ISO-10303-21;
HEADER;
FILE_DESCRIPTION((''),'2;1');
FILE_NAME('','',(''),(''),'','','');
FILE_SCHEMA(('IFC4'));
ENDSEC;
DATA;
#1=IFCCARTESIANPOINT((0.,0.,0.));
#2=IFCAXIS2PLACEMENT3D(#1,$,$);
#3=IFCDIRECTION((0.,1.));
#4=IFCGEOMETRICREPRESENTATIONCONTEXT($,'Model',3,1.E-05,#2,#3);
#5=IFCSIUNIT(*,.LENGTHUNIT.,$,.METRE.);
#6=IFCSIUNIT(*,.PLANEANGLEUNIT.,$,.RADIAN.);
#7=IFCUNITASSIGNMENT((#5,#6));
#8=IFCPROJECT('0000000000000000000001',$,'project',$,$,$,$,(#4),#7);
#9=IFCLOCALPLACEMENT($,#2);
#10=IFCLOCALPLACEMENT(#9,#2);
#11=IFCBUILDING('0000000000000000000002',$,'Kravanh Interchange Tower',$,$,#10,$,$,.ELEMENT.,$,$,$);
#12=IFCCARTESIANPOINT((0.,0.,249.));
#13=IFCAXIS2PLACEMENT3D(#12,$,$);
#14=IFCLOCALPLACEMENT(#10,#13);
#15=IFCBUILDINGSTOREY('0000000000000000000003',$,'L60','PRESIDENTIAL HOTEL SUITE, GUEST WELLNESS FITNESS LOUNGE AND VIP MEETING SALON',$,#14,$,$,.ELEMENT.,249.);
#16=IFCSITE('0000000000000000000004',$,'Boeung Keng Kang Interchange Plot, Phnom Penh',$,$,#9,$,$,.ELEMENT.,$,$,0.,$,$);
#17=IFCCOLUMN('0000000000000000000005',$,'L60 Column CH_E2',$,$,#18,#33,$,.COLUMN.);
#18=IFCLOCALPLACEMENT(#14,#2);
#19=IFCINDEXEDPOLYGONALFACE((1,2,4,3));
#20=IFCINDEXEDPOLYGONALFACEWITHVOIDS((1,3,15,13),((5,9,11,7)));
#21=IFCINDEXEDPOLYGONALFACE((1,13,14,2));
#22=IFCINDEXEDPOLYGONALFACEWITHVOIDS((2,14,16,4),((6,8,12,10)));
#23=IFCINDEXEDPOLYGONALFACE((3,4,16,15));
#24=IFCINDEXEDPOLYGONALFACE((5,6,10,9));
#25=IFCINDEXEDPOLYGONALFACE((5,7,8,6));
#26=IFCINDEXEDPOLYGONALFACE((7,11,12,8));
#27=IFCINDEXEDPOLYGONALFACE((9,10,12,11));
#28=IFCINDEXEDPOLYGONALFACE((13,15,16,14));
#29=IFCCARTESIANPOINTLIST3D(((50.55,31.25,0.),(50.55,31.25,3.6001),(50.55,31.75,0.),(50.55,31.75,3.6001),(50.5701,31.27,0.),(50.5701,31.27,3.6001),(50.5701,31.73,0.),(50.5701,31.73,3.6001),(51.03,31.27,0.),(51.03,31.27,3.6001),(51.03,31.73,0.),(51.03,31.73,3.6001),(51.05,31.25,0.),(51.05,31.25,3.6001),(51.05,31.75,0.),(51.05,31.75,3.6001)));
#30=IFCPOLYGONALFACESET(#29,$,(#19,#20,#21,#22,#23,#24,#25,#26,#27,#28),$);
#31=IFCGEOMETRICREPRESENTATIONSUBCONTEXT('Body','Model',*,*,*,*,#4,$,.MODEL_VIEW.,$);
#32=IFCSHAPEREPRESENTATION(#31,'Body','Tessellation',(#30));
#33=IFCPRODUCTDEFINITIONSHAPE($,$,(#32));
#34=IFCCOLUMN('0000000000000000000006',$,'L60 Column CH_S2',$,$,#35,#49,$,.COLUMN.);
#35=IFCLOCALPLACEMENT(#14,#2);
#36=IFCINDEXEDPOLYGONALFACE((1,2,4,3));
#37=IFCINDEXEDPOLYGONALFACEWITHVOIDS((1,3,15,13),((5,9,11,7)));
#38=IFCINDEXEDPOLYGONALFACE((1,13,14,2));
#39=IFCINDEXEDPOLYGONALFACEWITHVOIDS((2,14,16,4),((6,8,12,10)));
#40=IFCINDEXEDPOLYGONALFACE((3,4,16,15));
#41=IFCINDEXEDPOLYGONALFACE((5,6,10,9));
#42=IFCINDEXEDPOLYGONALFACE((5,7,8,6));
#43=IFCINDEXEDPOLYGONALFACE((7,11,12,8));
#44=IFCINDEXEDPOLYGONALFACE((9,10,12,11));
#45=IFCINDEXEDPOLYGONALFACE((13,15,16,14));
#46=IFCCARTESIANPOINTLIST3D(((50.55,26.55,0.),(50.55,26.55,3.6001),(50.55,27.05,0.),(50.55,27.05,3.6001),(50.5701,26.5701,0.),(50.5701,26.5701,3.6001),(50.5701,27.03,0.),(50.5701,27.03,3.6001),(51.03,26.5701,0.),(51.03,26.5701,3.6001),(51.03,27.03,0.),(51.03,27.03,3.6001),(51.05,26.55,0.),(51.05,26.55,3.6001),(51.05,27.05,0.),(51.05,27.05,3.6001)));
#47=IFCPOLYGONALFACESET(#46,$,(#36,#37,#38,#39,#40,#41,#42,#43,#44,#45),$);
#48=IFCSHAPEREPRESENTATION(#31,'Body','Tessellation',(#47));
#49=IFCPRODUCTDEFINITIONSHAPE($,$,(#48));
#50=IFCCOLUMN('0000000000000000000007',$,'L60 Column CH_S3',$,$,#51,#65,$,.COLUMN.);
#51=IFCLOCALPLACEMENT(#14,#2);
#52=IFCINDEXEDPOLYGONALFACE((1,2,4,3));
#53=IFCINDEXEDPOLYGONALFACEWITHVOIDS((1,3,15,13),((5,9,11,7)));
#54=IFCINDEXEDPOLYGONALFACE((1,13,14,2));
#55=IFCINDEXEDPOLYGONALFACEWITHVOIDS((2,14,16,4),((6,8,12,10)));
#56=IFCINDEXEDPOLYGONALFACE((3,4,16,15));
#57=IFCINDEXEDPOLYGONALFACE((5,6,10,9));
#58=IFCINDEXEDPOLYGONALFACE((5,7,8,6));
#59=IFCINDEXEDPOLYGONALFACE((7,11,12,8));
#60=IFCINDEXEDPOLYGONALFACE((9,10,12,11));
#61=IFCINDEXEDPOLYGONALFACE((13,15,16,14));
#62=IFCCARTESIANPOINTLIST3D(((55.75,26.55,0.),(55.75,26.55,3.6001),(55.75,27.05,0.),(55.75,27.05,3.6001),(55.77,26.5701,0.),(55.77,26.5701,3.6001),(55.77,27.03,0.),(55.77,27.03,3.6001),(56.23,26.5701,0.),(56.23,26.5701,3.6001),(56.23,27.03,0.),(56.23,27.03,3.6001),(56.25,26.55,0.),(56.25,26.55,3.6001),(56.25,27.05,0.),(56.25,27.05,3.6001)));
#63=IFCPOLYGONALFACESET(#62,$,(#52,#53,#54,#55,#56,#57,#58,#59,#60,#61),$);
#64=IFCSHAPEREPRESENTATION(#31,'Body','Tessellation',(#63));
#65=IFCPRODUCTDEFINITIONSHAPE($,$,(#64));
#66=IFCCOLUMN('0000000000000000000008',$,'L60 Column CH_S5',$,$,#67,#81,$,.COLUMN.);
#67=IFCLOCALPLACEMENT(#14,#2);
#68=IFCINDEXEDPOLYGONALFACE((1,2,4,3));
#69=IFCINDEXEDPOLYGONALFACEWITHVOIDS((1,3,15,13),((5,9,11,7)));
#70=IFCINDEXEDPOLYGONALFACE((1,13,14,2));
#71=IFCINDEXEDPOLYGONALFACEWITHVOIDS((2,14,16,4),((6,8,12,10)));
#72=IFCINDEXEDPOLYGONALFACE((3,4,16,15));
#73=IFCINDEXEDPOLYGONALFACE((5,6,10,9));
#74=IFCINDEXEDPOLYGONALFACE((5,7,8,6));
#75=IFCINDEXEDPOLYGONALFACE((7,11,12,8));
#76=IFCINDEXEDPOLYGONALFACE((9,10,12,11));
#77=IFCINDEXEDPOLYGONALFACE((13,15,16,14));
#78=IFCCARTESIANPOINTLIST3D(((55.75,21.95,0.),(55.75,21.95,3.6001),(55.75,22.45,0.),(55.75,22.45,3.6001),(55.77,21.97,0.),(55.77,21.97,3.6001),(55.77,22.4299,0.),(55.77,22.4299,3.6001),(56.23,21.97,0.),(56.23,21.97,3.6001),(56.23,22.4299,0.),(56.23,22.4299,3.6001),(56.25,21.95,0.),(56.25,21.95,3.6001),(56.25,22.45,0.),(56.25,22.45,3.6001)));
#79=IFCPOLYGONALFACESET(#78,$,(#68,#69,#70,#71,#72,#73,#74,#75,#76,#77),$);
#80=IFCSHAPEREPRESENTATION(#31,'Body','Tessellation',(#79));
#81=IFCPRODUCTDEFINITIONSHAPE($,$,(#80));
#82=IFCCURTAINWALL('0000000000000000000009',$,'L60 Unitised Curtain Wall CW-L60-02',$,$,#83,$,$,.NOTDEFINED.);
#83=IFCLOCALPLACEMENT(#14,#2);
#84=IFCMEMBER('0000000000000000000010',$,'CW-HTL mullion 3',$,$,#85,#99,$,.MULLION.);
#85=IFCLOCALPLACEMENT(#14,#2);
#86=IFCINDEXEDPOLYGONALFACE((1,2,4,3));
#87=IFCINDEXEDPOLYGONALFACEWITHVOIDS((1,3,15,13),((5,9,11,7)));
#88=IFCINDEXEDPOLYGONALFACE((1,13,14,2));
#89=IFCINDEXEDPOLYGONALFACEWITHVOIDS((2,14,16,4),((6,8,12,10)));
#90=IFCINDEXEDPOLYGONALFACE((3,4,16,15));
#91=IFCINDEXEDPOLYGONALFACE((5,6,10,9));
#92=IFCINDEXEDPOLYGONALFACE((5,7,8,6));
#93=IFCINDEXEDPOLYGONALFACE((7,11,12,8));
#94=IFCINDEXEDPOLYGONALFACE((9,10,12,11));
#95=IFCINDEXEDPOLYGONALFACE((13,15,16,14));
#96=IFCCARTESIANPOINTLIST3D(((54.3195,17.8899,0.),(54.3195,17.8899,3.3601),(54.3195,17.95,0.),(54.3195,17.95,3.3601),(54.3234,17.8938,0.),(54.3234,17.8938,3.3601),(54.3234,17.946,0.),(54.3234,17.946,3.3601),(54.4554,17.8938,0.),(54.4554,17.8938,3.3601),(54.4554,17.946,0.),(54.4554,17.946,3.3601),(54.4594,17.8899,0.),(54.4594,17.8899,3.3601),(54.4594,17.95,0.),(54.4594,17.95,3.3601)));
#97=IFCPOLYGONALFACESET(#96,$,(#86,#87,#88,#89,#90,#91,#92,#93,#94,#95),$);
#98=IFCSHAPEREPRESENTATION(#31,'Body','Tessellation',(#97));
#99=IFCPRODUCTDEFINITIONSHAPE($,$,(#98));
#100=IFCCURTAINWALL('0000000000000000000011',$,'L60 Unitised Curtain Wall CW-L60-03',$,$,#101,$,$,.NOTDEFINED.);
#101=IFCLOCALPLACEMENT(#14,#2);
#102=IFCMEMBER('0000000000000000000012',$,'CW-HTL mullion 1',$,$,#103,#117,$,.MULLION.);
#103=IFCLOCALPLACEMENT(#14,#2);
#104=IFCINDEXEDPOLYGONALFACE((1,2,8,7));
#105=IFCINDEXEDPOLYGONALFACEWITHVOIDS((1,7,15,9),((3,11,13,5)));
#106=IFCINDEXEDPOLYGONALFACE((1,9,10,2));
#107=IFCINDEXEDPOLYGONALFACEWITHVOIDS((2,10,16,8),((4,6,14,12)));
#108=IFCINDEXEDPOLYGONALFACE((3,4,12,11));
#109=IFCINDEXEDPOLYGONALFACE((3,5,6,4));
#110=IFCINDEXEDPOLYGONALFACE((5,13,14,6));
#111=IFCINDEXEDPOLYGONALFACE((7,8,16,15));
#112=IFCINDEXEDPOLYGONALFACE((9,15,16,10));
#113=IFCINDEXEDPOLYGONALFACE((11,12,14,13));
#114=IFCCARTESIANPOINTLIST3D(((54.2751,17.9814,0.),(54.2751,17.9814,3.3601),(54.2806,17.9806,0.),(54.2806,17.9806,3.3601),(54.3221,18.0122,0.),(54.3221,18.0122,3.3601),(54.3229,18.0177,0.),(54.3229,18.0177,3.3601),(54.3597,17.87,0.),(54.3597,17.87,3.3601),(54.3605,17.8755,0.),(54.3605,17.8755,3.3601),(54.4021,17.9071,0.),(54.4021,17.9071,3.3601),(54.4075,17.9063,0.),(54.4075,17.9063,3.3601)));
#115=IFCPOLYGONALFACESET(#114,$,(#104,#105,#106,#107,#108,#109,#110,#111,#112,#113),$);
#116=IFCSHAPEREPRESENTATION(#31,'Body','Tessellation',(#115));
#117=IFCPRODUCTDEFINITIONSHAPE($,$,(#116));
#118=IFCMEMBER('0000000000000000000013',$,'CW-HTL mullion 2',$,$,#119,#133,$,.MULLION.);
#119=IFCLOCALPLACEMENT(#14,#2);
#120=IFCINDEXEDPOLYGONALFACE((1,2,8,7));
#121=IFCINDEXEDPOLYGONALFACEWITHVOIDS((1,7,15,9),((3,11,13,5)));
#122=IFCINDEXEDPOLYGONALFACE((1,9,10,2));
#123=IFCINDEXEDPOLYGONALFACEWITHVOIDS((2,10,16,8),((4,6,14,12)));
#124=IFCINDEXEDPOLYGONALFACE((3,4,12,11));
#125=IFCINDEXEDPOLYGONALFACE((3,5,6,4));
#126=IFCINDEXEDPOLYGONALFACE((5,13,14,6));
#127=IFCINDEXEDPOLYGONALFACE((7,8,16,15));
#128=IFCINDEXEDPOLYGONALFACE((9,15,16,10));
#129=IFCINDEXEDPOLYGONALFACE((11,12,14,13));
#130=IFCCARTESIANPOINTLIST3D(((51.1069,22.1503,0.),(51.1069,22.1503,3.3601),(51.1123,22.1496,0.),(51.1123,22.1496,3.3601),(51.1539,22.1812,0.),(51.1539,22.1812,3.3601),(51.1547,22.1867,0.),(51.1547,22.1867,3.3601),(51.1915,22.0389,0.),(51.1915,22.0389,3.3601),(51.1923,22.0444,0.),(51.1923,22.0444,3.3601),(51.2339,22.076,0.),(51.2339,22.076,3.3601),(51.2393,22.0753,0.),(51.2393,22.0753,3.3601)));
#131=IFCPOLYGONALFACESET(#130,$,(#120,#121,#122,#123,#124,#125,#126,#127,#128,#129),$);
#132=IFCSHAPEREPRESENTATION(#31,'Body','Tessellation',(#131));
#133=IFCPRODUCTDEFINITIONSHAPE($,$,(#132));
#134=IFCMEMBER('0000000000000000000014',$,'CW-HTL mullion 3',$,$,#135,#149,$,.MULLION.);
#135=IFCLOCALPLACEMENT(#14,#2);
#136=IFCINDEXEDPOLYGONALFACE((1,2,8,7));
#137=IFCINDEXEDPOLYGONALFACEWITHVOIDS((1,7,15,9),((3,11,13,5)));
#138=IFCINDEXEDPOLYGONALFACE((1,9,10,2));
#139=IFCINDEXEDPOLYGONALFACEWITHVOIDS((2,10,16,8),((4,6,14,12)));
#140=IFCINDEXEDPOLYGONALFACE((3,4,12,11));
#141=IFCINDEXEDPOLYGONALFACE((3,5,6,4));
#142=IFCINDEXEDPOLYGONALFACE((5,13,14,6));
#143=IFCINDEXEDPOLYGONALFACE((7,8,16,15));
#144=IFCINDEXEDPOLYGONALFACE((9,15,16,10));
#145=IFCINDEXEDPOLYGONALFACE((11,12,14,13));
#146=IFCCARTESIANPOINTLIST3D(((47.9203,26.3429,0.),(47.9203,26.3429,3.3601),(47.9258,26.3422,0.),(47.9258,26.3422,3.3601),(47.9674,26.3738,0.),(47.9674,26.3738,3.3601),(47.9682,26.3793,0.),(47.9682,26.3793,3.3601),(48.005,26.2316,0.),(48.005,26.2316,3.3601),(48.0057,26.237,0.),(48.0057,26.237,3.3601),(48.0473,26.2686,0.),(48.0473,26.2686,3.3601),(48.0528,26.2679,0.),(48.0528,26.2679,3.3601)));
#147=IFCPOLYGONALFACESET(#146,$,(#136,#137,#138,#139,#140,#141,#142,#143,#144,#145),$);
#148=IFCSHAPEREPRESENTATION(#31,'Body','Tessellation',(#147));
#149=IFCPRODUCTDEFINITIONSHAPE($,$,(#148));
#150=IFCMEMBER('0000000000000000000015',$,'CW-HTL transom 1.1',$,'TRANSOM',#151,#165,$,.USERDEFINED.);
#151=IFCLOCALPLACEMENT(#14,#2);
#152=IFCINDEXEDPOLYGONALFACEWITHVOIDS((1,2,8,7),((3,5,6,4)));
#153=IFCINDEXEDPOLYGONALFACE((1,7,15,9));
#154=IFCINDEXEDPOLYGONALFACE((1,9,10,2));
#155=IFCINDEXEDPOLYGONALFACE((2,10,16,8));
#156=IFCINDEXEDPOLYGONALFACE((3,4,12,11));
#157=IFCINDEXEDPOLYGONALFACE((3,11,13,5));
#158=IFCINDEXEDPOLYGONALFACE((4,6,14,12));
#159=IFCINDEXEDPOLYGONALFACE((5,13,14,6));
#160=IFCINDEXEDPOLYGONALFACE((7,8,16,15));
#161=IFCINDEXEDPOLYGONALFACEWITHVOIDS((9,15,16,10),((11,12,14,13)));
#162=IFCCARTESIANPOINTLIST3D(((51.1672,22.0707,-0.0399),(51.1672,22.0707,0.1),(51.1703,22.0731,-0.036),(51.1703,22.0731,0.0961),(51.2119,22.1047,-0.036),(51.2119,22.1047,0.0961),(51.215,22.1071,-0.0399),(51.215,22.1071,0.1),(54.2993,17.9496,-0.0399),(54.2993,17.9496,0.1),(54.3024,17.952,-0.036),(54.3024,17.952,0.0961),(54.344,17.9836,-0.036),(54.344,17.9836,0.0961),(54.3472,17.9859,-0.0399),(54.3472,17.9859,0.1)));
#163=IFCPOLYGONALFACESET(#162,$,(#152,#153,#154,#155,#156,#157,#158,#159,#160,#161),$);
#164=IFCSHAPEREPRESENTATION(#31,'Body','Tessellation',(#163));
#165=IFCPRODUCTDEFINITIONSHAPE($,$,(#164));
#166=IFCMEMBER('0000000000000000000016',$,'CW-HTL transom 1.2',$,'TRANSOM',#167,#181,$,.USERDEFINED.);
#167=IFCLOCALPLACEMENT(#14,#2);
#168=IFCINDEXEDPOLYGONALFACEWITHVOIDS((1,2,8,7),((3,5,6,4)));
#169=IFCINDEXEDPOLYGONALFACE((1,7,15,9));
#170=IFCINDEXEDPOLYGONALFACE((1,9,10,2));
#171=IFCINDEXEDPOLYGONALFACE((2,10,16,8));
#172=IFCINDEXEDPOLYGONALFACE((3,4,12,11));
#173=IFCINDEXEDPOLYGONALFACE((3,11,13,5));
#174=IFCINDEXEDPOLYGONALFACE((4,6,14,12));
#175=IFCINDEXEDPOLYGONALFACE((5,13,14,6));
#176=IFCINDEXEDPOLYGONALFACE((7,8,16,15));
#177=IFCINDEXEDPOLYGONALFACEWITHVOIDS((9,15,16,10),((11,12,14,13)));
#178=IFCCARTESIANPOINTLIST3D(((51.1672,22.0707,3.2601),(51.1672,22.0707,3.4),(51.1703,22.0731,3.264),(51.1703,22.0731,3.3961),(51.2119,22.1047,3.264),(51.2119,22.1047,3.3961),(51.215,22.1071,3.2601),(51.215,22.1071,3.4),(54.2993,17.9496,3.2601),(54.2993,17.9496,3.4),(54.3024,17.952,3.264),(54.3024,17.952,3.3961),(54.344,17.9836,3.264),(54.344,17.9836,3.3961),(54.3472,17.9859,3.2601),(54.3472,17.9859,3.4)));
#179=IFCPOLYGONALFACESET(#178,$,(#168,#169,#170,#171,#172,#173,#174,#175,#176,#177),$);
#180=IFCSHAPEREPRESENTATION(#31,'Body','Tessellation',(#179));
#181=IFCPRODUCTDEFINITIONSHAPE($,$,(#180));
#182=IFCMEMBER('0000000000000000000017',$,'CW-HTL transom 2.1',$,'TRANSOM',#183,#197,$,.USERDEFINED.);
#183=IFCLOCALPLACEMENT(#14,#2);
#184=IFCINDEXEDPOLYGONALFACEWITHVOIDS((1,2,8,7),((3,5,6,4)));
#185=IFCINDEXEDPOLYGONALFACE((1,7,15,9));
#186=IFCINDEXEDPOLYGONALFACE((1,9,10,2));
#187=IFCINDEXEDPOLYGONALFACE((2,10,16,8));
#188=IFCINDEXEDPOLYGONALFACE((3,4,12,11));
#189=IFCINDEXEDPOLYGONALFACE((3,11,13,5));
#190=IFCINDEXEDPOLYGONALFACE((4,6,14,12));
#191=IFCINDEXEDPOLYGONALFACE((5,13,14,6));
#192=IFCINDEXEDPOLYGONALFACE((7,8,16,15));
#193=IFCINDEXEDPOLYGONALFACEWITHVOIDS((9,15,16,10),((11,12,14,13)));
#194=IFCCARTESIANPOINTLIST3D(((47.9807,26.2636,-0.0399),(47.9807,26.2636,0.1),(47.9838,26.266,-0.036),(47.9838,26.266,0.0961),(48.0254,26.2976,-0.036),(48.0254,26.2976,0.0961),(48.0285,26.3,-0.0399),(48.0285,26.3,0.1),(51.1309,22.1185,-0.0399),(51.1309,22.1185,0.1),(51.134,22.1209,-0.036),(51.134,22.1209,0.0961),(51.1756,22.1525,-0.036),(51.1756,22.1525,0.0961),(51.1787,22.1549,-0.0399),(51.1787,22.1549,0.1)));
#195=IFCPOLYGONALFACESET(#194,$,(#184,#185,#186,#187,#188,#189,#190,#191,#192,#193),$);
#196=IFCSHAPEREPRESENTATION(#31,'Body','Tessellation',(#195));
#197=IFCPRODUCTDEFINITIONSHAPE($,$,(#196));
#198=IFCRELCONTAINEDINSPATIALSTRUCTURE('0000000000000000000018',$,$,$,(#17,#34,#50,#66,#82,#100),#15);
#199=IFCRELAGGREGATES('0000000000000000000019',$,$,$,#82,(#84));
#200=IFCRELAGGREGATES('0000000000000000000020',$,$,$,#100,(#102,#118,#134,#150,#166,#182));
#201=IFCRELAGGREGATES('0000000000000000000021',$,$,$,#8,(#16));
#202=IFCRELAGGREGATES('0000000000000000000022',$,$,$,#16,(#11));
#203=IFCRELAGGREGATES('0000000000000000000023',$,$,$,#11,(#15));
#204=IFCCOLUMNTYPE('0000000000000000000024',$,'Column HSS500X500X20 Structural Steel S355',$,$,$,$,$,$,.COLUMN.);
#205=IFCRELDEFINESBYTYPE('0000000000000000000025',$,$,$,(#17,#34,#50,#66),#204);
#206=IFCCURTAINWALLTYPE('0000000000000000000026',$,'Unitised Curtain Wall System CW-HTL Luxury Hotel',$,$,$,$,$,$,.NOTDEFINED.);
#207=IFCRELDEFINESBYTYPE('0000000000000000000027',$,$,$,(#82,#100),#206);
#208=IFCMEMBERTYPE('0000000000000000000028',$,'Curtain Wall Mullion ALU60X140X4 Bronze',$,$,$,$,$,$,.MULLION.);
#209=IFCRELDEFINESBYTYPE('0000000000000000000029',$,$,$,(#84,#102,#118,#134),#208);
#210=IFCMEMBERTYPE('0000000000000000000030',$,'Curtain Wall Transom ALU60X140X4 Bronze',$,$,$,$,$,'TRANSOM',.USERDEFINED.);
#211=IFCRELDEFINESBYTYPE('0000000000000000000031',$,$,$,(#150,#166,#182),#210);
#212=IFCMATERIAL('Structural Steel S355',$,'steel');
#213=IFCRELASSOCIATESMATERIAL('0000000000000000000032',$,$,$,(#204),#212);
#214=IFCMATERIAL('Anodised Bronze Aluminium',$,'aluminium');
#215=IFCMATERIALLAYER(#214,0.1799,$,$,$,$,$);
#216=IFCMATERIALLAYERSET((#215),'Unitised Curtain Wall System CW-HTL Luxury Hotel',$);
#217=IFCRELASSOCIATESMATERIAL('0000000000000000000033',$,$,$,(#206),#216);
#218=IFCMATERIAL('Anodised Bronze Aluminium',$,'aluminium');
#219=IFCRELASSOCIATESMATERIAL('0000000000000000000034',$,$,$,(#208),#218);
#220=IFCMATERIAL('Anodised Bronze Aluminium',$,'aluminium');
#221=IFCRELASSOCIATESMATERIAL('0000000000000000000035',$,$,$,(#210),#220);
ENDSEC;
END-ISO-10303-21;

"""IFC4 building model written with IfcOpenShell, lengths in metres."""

from ifc_helpers import new_model, si_unit, direction, frame, origin, origin_2d, place, context, subcontext, project, spatial, hollow_rectangle, extrude, material, layer, layer_set, material_profile, profile_set, type_object, element, aggregate, save


model = new_model("IFC4")

# Units and contexts
model_context = context("Model", 3, precision=1e-05, world=origin(), true_north=direction((0.0, 1.0)))
body_context = subcontext(model_context, "Body", "Model", "MODEL_VIEW")
ifc_project = project(units=[si_unit("LENGTHUNIT", "METRE"), si_unit("PLANEANGLEUNIT", "RADIAN")], contexts=[model_context])

# Site, building, storey
site_placement = place(None, origin())
site = spatial("IfcSite", under=ifc_project, at=site_placement, Name="Boeung Keng Kang Interchange Plot, Phnom Penh", CompositionType="ELEMENT", RefElevation=0.0)
building_placement = place(site_placement, origin())
building = spatial("IfcBuilding", under=site, at=building_placement, Name="Kravanh Interchange Tower", CompositionType="ELEMENT")
storey_placement = place(building_placement, frame((0.0, 0.0, 249.0)))
storey = spatial("IfcBuildingStorey", under=building, at=storey_placement, Name="L60", Description="PRESIDENTIAL HOTEL SUITE, GUEST WELLNESS FITNESS LOUNGE AND VIP MEETING SALON", CompositionType="ELEMENT", Elevation=249.0)

# Columns
ifc_material_1 = material(Name="Structural Steel S355", Category="steel")
ifc_material_profile_1 = material_profile(ifc_material_1, hollow_rectangle(XDim=0.5, YDim=0.5, WallThickness=0.02, at=origin_2d()), Name="HSS500X500X20")
ifc_profile_set_1 = profile_set([ifc_material_profile_1], Name="Structural Steel S355")
column_type = type_object("IfcColumnType", Name="Column HSS500X500X20 Structural Steel S355", PredefinedType="COLUMN", material=ifc_profile_set_1)
for number, where, z_axis, x_axis, name in (
    (1, (50.8, 31.5, 0.0), (0.0, 0.0, 1.0), (1.0, 0.0, 0.0), "L60 Column CH_E2"),
    (2, (50.8, 26.8, 0.0), (0.0, 0.0, 1.0), (1.0, 0.0, 0.0), "L60 Column CH_S2"),
    (3, (56.0, 26.8, 0.0), (0.0, 0.0, 1.0), (1.0, 0.0, 0.0), "L60 Column CH_S3"),
    (4, (56.0, 22.2, 0.0), (0.0, 0.0, 1.0), (1.0, 0.0, 0.0), "L60 Column CH_S5"),
):
    element("IfcColumn", number, at=place(storey_placement, frame(where, z_axis=z_axis, x_axis=x_axis)), inside=storey, type_object=column_type, Name=name, PredefinedType="COLUMN", context=body_context, shape_type="SweptSolid", body=[
        extrude(hollow_rectangle(XDim=0.5, YDim=0.5, WallThickness=0.02, at=origin_2d()), origin(), (0.0, 0.0, 1.0), 3.6001),
    ])

# Curtain wall, member
ifc_material_2 = material(Name="Anodised Bronze Aluminium", Category="aluminium")
ifc_layer_1 = layer(ifc_material_2, 0.1799)
ifc_layer_set_1 = layer_set([ifc_layer_1], Name="Unitised Curtain Wall System CW-HTL Luxury Hotel")
curtain_wall_type = type_object("IfcCurtainWallType", Name="Unitised Curtain Wall System CW-HTL Luxury Hotel", PredefinedType="NOTDEFINED", material=ifc_layer_set_1)
curtain_wall_1_placement = place(storey_placement, origin())
curtain_wall_1 = element("IfcCurtainWall", 5, at=curtain_wall_1_placement, inside=storey, type_object=curtain_wall_type, Name="L60 Unitised Curtain Wall CW-L60-02", PredefinedType="NOTDEFINED")
ifc_material_3 = material(Name="Anodised Bronze Aluminium", Category="aluminium")
ifc_material_profile_2 = material_profile(ifc_material_3, hollow_rectangle(XDim=0.0601, YDim=0.1399, WallThickness=0.0039, at=origin_2d()), Name="ALU60X140X4")
ifc_profile_set_2 = profile_set([ifc_material_profile_2], Name="Anodised Bronze Aluminium")
member_type_1 = type_object("IfcMemberType", Name="Curtain Wall Mullion ALU60X140X4 Bronze", PredefinedType="MULLION", material=ifc_profile_set_2)
member_1_placement = place(storey_placement, frame((54.3894, 17.9199, 0.0), z_axis=(0.0, 0.0, 1.0), x_axis=(0.0, -1.0, 0.0)))
member_1 = element("IfcMember", 6, at=member_1_placement, type_object=member_type_1, Name="CW-HTL mullion 3", PredefinedType="MULLION", context=body_context, shape_type="SweptSolid", body=[
    extrude(hollow_rectangle(XDim=0.0601, YDim=0.1399, WallThickness=0.0039, at=origin_2d()), origin(), (0.0, 0.0, 1.0), 3.3601),
])
aggregate(curtain_wall_1, [member_1])

# Curtain wall, members
curtain_wall_2_placement = place(storey_placement, origin())
curtain_wall_2 = element("IfcCurtainWall", 7, at=curtain_wall_2_placement, inside=storey, type_object=curtain_wall_type, Name="L60 Unitised Curtain Wall CW-L60-03", PredefinedType="NOTDEFINED")
member_2_placement = place(storey_placement, frame((54.3413, 17.9438, 0.0), z_axis=(0.0, 0.0, 1.0), x_axis=(-0.796162, -0.605083, 0.0)))
member_2 = element("IfcMember", 8, at=member_2_placement, type_object=member_type_1, Name="CW-HTL mullion 1", PredefinedType="MULLION", context=body_context, shape_type="SweptSolid", body=[
    extrude(hollow_rectangle(XDim=0.0601, YDim=0.1399, WallThickness=0.0039, at=origin_2d()), origin(), (0.0, 0.0, 1.0), 3.3601),
])
member_3_placement = place(storey_placement, frame((51.1731, 22.1128, 0.0), z_axis=(0.0, 0.0, 1.0), x_axis=(-0.796162, -0.605083, 0.0)))
member_3 = element("IfcMember", 9, at=member_3_placement, type_object=member_type_1, Name="CW-HTL mullion 2", PredefinedType="MULLION", context=body_context, shape_type="SweptSolid", body=[
    extrude(hollow_rectangle(XDim=0.0601, YDim=0.1399, WallThickness=0.0039, at=origin_2d()), origin(), (0.0, 0.0, 1.0), 3.3601),
])
member_4_placement = place(storey_placement, frame((47.9866, 26.3054, 0.0), z_axis=(0.0, 0.0, 1.0), x_axis=(-0.796162, -0.605083, 0.0)))
member_4 = element("IfcMember", 10, at=member_4_placement, type_object=member_type_1, Name="CW-HTL mullion 3", PredefinedType="MULLION", context=body_context, shape_type="SweptSolid", body=[
    extrude(hollow_rectangle(XDim=0.0601, YDim=0.1399, WallThickness=0.0039, at=origin_2d()), origin(), (0.0, 0.0, 1.0), 3.3601),
])
ifc_material_4 = material(Name="Anodised Bronze Aluminium", Category="aluminium")
ifc_material_profile_3 = material_profile(ifc_material_4, hollow_rectangle(XDim=0.0601, YDim=0.1399, WallThickness=0.0039, at=origin_2d()), Name="ALU60X140X4")
ifc_profile_set_3 = profile_set([ifc_material_profile_3], Name="Anodised Bronze Aluminium")
member_type_2 = type_object("IfcMemberType", Name="Curtain Wall Transom ALU60X140X4 Bronze", ElementType="TRANSOM", PredefinedType="USERDEFINED", material=ifc_profile_set_3)
member_5_placement = place(storey_placement, frame((54.3232, 17.9678, 0.03), z_axis=(-0.605089, 0.796158, 0.0), x_axis=(-0.796158, -0.605089, 0.0)))
member_5 = element("IfcMember", 11, at=member_5_placement, type_object=member_type_2, Name="CW-HTL transom 1.1", ObjectType="TRANSOM", PredefinedType="USERDEFINED", context=body_context, shape_type="SweptSolid", body=[
    extrude(hollow_rectangle(XDim=0.0601, YDim=0.1399, WallThickness=0.0039, at=origin_2d()), origin(), (0.0, 0.0, 1.0), 5.1763),
])
member_6_placement = place(storey_placement, frame((54.3232, 17.9678, 3.3301), z_axis=(-0.605089, 0.796158, 0.0), x_axis=(-0.796158, -0.605089, 0.0)))
member_6 = element("IfcMember", 12, at=member_6_placement, type_object=member_type_2, Name="CW-HTL transom 1.2", ObjectType="TRANSOM", PredefinedType="USERDEFINED", context=body_context, shape_type="SweptSolid", body=[
    extrude(hollow_rectangle(XDim=0.0601, YDim=0.1399, WallThickness=0.0039, at=origin_2d()), origin(), (0.0, 0.0, 1.0), 5.1763),
])
member_7_placement = place(storey_placement, frame((51.1548, 22.1367, 0.03), z_axis=(-0.605075, 0.796169, 0.0), x_axis=(-0.796169, -0.605075, 0.0)))
member_7 = element("IfcMember", 13, at=member_7_placement, type_object=member_type_2, Name="CW-HTL transom 2.1", ObjectType="TRANSOM", PredefinedType="USERDEFINED", context=body_context, shape_type="SweptSolid", body=[
    extrude(hollow_rectangle(XDim=0.0601, YDim=0.1399, WallThickness=0.0039, at=origin_2d()), origin(), (0.0, 0.0, 1.0), 5.2063),
])

aggregate(curtain_wall_2, [member_2, member_3, member_4, member_5, member_6, member_7])

save(model, "model.ifc")
